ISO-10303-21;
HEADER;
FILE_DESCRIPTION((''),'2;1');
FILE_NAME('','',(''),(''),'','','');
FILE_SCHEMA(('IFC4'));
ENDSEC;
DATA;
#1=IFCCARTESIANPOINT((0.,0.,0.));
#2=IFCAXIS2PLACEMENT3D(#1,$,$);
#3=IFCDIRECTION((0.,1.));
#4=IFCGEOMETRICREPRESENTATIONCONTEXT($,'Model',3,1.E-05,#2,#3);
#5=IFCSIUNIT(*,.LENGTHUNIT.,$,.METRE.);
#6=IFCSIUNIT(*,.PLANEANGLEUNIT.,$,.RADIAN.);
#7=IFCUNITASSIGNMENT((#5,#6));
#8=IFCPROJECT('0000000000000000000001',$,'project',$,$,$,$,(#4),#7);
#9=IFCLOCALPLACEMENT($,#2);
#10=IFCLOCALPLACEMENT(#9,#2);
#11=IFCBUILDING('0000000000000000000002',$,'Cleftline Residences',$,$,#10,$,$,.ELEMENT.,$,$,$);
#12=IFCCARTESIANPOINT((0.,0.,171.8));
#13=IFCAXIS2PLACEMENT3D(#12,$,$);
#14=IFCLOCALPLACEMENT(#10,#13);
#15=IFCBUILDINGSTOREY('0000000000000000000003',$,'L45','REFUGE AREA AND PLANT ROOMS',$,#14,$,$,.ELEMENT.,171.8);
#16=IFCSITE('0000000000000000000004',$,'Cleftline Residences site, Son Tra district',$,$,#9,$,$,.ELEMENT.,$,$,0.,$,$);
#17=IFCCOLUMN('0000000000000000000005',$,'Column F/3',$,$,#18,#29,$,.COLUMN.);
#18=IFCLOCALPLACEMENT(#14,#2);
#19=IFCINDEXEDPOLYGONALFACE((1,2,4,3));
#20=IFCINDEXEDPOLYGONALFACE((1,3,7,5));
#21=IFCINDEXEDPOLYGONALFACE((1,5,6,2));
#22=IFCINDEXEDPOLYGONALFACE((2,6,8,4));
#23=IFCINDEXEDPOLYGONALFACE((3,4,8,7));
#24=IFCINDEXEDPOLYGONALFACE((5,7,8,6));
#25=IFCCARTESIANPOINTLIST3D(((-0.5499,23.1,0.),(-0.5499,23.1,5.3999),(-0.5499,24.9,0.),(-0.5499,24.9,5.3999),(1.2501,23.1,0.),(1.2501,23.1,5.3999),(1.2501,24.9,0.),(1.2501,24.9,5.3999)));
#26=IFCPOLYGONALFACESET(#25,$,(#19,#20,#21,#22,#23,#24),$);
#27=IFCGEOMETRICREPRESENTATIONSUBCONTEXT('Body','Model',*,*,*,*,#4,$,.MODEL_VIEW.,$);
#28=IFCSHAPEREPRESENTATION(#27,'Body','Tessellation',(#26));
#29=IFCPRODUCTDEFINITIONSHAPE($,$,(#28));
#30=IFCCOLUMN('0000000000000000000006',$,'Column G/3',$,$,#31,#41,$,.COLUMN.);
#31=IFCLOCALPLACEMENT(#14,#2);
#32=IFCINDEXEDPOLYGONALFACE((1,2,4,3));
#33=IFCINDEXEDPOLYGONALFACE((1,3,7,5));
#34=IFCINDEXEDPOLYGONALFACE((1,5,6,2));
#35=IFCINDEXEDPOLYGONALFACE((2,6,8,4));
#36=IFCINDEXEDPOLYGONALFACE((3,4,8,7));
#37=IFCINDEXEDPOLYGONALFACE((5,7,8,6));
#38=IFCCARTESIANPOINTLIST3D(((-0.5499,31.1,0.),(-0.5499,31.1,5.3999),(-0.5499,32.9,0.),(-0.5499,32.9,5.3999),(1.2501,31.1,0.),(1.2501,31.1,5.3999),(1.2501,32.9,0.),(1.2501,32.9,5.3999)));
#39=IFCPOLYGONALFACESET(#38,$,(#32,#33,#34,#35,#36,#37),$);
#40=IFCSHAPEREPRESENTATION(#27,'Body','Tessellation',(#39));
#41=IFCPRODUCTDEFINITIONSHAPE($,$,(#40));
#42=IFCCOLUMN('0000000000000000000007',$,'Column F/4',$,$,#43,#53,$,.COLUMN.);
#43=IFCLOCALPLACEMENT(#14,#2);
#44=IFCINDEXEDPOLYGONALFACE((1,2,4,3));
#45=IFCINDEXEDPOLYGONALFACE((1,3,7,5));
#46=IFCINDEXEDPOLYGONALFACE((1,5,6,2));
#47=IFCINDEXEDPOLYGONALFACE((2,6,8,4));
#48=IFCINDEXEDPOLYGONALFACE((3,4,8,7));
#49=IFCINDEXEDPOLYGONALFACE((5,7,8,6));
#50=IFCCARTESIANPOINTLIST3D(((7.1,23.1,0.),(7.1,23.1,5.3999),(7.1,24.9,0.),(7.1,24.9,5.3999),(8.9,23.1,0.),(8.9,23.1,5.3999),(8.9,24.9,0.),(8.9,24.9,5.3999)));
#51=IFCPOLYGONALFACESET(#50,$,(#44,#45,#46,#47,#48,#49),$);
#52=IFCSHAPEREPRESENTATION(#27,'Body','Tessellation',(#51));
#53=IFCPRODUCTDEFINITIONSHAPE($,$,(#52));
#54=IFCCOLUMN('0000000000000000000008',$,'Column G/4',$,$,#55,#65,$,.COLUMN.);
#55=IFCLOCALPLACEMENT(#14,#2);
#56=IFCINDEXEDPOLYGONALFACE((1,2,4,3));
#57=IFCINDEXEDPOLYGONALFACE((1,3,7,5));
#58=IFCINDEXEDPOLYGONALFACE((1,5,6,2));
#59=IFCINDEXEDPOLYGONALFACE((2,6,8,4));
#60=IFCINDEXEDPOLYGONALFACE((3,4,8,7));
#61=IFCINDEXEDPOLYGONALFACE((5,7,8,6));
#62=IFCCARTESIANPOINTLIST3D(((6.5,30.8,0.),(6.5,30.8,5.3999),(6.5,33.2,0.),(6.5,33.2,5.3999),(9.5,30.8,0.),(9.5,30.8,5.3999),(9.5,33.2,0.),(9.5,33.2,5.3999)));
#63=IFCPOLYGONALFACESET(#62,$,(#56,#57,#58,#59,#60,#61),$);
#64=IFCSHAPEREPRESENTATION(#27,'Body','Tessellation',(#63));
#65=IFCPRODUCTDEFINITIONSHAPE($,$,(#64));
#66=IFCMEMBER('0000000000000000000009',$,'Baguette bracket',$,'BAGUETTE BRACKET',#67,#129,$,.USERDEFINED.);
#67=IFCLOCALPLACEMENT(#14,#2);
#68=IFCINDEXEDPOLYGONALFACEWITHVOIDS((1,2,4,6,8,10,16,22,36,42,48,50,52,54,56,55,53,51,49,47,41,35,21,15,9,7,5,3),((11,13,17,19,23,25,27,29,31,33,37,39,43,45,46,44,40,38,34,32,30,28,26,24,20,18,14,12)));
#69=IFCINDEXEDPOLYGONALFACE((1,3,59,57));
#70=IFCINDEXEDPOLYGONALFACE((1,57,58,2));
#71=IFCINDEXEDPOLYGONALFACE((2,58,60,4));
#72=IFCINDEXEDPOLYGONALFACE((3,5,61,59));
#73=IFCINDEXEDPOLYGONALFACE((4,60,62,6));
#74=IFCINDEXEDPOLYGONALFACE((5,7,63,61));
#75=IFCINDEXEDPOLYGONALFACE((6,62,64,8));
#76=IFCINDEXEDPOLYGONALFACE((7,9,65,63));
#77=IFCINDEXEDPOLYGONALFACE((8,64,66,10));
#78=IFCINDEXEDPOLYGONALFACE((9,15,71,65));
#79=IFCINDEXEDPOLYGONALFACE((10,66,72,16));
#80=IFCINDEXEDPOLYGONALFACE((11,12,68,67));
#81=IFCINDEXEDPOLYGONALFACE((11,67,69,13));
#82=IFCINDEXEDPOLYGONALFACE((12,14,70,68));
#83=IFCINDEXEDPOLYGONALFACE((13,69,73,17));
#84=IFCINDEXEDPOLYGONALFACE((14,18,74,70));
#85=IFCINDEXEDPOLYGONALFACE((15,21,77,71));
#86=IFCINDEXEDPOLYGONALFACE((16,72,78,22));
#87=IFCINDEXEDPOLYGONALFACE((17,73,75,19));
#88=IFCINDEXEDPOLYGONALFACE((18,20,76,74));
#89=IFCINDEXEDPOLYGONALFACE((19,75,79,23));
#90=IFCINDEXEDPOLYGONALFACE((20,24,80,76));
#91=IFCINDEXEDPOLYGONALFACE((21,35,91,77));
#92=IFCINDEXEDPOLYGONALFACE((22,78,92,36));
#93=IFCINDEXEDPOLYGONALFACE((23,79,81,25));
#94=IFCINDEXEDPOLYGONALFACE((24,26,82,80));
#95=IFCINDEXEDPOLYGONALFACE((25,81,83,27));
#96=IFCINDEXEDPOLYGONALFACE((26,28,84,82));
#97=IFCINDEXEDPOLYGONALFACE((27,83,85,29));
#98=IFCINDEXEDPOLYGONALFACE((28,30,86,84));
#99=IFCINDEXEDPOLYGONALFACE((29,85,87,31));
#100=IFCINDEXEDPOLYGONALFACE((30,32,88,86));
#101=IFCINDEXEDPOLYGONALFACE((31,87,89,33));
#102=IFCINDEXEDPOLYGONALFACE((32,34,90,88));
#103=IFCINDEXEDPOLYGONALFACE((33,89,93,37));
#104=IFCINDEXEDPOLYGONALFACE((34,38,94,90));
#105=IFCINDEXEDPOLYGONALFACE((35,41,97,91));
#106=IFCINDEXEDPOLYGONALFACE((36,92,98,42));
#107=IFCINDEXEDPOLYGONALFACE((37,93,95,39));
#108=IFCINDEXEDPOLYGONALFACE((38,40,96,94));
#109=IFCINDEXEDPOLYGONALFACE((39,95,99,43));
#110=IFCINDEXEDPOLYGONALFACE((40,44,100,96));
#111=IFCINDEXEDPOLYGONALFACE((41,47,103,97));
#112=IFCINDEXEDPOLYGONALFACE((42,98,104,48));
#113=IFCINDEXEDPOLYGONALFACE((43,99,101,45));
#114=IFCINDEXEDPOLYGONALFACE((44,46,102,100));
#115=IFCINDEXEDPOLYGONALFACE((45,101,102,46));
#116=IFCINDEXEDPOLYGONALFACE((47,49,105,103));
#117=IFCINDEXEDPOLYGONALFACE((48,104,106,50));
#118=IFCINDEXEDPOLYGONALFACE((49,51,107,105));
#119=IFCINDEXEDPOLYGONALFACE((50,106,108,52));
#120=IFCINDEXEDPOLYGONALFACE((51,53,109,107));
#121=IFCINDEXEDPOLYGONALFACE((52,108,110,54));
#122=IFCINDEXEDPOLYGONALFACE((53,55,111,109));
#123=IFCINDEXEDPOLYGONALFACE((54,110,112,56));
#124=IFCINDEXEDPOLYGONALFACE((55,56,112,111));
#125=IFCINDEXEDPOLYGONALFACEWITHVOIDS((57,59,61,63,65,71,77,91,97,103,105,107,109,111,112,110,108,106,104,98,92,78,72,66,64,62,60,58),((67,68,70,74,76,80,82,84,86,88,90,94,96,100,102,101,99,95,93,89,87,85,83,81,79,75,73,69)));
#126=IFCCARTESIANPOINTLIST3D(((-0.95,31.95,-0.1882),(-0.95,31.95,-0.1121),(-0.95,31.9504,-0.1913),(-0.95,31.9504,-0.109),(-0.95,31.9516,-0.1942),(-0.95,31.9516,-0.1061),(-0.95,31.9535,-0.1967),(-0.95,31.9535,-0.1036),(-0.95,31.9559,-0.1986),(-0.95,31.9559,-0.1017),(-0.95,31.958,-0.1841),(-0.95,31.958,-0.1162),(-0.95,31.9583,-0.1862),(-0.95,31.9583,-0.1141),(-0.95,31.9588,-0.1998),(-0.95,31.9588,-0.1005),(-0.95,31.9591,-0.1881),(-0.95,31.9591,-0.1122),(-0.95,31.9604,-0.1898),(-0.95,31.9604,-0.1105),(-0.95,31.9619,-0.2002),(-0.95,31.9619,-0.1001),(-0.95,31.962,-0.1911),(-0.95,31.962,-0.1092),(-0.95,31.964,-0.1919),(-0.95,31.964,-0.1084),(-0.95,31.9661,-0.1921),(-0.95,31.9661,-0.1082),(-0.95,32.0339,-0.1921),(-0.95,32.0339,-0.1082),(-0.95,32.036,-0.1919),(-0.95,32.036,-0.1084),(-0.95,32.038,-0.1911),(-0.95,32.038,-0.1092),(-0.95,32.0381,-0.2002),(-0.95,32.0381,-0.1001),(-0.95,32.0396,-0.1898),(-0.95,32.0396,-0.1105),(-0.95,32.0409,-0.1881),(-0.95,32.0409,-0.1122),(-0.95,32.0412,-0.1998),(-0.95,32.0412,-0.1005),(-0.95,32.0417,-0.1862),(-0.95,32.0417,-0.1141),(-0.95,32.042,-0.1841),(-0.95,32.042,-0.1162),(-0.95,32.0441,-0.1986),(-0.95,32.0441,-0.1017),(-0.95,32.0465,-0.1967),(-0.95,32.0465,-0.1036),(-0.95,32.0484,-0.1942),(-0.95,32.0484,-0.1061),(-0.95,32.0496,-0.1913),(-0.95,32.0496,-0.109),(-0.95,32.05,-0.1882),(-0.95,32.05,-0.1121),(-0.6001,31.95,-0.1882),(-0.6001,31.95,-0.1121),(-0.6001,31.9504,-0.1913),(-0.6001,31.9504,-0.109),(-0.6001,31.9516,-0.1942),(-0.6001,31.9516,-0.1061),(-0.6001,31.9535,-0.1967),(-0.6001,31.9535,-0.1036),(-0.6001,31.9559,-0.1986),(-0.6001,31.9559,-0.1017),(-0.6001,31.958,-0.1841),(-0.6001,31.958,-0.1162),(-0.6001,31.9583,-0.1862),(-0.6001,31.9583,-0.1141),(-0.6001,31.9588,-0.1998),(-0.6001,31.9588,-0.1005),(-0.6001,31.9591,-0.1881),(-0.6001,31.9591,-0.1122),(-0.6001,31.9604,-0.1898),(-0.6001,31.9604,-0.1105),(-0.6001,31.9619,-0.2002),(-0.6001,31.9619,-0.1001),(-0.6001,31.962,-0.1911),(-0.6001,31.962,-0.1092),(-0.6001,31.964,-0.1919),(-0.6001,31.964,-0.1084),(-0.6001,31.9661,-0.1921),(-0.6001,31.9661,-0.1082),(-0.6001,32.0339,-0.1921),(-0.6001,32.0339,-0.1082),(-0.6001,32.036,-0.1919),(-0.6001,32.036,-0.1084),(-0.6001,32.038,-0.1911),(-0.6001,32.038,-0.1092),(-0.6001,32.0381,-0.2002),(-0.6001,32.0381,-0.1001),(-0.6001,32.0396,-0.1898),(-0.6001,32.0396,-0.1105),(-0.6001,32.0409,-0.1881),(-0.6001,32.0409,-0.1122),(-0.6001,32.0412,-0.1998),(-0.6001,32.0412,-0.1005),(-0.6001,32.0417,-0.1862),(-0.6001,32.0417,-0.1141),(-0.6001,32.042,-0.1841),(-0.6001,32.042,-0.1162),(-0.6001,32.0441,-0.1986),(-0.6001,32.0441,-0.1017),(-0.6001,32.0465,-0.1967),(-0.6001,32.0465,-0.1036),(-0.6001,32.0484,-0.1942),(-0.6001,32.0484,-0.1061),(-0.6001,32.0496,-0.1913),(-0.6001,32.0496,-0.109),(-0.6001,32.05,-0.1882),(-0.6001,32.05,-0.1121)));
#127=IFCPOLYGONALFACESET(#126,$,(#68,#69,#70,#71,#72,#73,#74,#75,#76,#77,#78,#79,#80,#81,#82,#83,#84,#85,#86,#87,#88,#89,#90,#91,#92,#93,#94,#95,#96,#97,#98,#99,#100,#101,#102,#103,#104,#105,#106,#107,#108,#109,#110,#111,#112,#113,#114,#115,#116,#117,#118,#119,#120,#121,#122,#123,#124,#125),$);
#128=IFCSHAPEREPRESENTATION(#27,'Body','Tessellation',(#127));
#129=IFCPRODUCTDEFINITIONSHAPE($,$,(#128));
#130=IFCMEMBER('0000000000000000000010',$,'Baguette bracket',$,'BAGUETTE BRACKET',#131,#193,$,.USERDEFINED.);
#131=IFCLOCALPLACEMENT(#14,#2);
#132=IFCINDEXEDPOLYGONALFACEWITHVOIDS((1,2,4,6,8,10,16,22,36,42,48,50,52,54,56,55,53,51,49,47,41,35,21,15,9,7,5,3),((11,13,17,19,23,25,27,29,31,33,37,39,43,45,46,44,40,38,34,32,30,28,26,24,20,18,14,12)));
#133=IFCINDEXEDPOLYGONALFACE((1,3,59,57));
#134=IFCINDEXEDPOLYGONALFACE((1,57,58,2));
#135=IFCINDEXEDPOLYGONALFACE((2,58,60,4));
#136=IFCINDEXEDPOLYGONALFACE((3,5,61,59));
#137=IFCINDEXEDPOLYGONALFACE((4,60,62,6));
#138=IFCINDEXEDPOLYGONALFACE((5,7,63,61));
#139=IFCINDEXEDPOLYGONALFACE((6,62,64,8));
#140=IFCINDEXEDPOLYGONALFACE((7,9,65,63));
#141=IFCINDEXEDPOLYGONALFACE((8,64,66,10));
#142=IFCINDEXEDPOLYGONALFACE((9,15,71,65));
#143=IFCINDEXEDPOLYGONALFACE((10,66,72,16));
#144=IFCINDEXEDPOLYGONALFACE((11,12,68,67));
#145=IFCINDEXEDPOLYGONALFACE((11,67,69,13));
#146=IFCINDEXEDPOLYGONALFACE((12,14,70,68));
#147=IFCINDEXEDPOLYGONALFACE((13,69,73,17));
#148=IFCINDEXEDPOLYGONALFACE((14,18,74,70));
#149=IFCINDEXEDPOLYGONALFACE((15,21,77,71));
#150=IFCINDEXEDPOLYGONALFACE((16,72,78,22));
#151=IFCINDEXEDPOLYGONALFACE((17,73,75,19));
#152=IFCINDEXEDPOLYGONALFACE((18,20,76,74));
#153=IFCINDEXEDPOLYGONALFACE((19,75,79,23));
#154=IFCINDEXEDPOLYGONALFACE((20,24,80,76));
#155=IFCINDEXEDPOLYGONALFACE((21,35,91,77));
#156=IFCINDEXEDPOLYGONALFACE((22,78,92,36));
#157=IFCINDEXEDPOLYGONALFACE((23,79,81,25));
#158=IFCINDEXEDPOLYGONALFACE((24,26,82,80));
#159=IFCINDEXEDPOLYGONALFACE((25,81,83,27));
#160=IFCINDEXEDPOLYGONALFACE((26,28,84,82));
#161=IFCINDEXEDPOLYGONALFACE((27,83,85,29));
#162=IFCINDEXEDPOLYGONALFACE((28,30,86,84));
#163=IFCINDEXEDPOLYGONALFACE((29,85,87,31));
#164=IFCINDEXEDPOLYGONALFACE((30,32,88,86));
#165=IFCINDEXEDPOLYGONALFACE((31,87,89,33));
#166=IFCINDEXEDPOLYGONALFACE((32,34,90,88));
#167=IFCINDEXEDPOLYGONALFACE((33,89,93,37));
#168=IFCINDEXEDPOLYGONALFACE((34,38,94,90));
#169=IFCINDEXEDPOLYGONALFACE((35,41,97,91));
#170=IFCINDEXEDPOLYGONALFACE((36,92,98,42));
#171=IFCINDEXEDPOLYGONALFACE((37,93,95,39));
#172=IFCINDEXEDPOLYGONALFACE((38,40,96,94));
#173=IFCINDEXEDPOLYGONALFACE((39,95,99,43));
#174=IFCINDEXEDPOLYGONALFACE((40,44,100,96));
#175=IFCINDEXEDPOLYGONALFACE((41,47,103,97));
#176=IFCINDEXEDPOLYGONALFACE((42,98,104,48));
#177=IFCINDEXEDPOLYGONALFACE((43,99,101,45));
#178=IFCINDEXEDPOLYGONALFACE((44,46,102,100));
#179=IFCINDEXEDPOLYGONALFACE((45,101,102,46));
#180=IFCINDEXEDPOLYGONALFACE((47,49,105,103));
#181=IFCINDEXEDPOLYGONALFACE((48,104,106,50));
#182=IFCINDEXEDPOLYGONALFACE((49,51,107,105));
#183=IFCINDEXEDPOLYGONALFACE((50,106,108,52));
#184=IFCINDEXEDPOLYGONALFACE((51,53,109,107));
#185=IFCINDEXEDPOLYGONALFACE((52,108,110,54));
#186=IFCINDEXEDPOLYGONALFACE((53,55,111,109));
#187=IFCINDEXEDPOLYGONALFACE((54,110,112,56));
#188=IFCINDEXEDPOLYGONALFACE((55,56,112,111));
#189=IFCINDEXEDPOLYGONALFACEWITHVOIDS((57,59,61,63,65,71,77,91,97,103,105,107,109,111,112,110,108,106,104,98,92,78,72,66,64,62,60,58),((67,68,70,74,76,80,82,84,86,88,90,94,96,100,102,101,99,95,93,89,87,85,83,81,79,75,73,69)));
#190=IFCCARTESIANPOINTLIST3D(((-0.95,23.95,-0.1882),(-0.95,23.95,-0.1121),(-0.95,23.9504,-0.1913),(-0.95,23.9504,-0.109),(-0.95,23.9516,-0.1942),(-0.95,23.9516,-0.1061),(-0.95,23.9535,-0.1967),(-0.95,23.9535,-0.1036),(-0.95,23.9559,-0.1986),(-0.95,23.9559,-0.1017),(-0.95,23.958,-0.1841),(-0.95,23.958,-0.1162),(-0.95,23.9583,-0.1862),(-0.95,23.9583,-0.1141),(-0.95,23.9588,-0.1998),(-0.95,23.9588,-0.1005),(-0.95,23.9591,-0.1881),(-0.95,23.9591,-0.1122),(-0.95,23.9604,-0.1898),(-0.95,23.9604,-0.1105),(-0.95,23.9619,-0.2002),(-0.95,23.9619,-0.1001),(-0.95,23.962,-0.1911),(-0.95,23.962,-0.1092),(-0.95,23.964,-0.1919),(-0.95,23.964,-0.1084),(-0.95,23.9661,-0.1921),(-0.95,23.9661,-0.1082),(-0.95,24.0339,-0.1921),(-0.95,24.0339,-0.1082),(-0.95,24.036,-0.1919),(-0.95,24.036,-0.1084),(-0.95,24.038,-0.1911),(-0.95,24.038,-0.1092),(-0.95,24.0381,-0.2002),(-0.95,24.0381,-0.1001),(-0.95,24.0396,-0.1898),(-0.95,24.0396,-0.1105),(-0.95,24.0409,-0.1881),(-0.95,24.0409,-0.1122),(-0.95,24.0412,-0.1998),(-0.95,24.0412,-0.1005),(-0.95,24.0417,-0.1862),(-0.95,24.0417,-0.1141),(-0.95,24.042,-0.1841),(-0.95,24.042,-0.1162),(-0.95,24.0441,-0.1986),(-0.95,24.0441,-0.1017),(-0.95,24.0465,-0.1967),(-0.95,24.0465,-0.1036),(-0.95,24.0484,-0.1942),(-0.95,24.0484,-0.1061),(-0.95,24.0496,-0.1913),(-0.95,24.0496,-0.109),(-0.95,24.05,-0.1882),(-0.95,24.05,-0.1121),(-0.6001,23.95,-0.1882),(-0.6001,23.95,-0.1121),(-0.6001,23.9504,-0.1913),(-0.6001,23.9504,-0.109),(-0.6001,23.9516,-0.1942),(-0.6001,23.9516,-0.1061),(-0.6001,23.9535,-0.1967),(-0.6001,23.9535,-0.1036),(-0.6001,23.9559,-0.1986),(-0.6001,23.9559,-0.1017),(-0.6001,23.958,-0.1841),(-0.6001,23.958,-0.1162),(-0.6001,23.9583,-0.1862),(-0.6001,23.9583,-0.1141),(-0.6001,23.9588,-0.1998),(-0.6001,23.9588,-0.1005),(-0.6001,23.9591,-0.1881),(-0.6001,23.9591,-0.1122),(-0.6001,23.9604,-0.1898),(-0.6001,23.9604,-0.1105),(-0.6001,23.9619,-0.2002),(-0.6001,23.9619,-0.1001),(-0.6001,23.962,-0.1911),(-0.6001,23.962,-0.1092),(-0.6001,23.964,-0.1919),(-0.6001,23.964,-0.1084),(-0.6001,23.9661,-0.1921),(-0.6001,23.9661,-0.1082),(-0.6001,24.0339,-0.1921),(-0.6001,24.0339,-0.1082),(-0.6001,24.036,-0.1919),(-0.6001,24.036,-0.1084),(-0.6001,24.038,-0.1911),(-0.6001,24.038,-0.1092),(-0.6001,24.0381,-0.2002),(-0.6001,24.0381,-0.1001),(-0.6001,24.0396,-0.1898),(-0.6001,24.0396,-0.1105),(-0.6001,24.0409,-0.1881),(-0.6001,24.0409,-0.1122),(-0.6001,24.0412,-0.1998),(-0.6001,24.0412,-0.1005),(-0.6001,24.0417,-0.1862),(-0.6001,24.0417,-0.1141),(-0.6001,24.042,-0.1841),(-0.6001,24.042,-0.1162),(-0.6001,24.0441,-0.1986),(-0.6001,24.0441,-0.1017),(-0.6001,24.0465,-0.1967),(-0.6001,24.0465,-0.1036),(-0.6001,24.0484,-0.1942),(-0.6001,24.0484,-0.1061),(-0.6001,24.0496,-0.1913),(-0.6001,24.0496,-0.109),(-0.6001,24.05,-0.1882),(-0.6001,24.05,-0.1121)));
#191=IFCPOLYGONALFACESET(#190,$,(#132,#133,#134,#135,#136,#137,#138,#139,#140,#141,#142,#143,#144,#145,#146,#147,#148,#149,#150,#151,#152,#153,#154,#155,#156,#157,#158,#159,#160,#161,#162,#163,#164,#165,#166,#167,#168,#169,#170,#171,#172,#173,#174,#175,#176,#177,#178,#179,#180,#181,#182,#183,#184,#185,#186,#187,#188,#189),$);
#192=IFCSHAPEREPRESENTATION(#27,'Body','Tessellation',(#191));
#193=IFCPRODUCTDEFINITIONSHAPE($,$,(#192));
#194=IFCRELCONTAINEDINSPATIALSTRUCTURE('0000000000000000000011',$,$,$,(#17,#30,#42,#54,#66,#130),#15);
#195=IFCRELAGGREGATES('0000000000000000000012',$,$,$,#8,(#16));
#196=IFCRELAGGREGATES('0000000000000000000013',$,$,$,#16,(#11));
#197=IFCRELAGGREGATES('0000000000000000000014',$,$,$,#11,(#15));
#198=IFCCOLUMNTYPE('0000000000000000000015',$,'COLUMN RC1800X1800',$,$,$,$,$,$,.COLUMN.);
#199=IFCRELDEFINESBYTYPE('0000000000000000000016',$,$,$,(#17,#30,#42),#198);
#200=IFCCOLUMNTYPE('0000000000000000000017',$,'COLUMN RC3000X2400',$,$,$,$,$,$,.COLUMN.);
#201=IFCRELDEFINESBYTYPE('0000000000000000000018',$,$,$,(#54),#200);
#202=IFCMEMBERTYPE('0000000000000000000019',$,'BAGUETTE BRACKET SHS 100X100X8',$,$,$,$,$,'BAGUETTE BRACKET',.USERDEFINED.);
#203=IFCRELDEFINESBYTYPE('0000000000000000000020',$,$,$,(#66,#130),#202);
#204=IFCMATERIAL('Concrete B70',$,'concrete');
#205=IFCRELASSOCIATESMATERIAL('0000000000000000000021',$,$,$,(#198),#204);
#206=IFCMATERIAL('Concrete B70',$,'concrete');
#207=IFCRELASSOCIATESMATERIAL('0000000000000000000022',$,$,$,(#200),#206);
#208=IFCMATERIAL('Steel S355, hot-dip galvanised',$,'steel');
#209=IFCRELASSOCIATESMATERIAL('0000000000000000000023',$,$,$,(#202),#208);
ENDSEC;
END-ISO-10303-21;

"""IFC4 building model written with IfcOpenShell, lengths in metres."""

from ifc_helpers import new_model, si_unit, direction, frame, origin, origin_2d, place, context, subcontext, project, spatial, rectangle, hollow_rectangle, extrude, material, material_profile, profile_set, type_object, element, save


model = new_model("IFC4")

# Units and contexts
model_context = context("Model", 3, precision=1e-05, world=origin(), true_north=direction((0.0, 1.0)))
body_context = subcontext(model_context, "Body", "Model", "MODEL_VIEW")
ifc_project = project(units=[si_unit("LENGTHUNIT", "METRE"), si_unit("PLANEANGLEUNIT", "RADIAN")], contexts=[model_context])

# Site, building, storey
site_placement = place(None, origin())
site = spatial("IfcSite", under=ifc_project, at=site_placement, Name="Cleftline Residences site, Son Tra district", CompositionType="ELEMENT", RefElevation=0.0)
building_placement = place(site_placement, origin())
building = spatial("IfcBuilding", under=site, at=building_placement, Name="Cleftline Residences", CompositionType="ELEMENT")
storey_placement = place(building_placement, frame((0.0, 0.0, 171.8)))
storey = spatial("IfcBuildingStorey", under=building, at=storey_placement, Name="L45", Description="REFUGE AREA AND PLANT ROOMS", CompositionType="ELEMENT", Elevation=171.8)

# Columns
ifc_material_1 = material(Name="Concrete B70", Category="concrete")
ifc_material_profile_1 = material_profile(ifc_material_1, rectangle(XDim=1.8, YDim=1.8, at=origin_2d()))
ifc_profile_set_1 = profile_set([ifc_material_profile_1], Name="Concrete B70")
column_type_1 = type_object("IfcColumnType", Name="COLUMN RC1800X1800", PredefinedType="COLUMN", material=ifc_profile_set_1)
for number, where, z_axis, x_axis, name in (
    (1, (0.3501, 24.0, 0.0), (0.0, 0.0, 1.0), (1.0, 0.0, 0.0), "Column F/3"),
    (2, (0.3501, 32.0, 0.0), (0.0, 0.0, 1.0), (1.0, 0.0, 0.0), "Column G/3"),
    (3, (8.0, 24.0, 0.0), (0.0, 0.0, 1.0), (1.0, 0.0, 0.0), "Column F/4"),
):
    element("IfcColumn", number, at=place(storey_placement, frame(where, z_axis=z_axis, x_axis=x_axis)), inside=storey, type_object=column_type_1, Name=name, PredefinedType="COLUMN", context=body_context, shape_type="SweptSolid", body=[
        extrude(rectangle(XDim=1.8, YDim=1.8, at=origin_2d()), origin(), (0.0, 0.0, 1.0), 5.3999),
    ])
ifc_material_2 = material(Name="Concrete B70", Category="concrete")
ifc_material_profile_2 = material_profile(ifc_material_2, rectangle(XDim=3.0, YDim=2.3999, at=origin_2d()))
ifc_profile_set_2 = profile_set([ifc_material_profile_2], Name="Concrete B70")
column_type_2 = type_object("IfcColumnType", Name="COLUMN RC3000X2400", PredefinedType="COLUMN", material=ifc_profile_set_2)
column_placement = place(storey_placement, frame((8.0, 32.0, 0.0), z_axis=(0.0, 0.0, 1.0), x_axis=(1.0, 0.0, 0.0)))
element("IfcColumn", 4, at=column_placement, inside=storey, type_object=column_type_2, Name="Column G/4", PredefinedType="COLUMN", context=body_context, shape_type="SweptSolid", body=[
    extrude(rectangle(XDim=3.0, YDim=2.3999, at=origin_2d()), origin(), (0.0, 0.0, 1.0), 5.3999),
])

# Members
ifc_material_3 = material(Name="Steel S355, hot-dip galvanised", Category="steel")
ifc_material_profile_3 = material_profile(ifc_material_3, hollow_rectangle(XDim=0.1001, YDim=0.1001, WallThickness=0.0081, InnerFilletRadius=0.0081, OuterFilletRadius=0.012, at=origin_2d()))
ifc_profile_set_3 = profile_set([ifc_material_profile_3], Name="Steel S355, hot-dip galvanised")
member_type_1 = type_object("IfcMemberType", Name="BAGUETTE BRACKET SHS 100X100X8", ElementType="BAGUETTE BRACKET", PredefinedType="USERDEFINED", material=ifc_profile_set_3)
for number, where, z_axis, x_axis, name in (
    (5, (-0.6001, 32.0, -0.1501), (-1.0, 0.0, 0.0), (0.0, -1.0, 0.0), "Baguette bracket"),
    (6, (-0.6001, 24.0, -0.1501), (-1.0, 0.0, 0.0), (0.0, -1.0, 0.0), "Baguette bracket"),
):
    element("IfcMember", number, at=place(storey_placement, frame(where, z_axis=z_axis, x_axis=x_axis)), inside=storey, type_object=member_type_1, Name=name, ObjectType="BAGUETTE BRACKET", PredefinedType="USERDEFINED", context=body_context, shape_type="SweptSolid", body=[
        extrude(hollow_rectangle(XDim=0.1001, YDim=0.1001, WallThickness=0.0081, InnerFilletRadius=0.0081, OuterFilletRadius=0.012, at=origin_2d()), origin(), (0.0, 0.0, 1.0), 0.3499),
    ])

save(model, "model.ifc")
